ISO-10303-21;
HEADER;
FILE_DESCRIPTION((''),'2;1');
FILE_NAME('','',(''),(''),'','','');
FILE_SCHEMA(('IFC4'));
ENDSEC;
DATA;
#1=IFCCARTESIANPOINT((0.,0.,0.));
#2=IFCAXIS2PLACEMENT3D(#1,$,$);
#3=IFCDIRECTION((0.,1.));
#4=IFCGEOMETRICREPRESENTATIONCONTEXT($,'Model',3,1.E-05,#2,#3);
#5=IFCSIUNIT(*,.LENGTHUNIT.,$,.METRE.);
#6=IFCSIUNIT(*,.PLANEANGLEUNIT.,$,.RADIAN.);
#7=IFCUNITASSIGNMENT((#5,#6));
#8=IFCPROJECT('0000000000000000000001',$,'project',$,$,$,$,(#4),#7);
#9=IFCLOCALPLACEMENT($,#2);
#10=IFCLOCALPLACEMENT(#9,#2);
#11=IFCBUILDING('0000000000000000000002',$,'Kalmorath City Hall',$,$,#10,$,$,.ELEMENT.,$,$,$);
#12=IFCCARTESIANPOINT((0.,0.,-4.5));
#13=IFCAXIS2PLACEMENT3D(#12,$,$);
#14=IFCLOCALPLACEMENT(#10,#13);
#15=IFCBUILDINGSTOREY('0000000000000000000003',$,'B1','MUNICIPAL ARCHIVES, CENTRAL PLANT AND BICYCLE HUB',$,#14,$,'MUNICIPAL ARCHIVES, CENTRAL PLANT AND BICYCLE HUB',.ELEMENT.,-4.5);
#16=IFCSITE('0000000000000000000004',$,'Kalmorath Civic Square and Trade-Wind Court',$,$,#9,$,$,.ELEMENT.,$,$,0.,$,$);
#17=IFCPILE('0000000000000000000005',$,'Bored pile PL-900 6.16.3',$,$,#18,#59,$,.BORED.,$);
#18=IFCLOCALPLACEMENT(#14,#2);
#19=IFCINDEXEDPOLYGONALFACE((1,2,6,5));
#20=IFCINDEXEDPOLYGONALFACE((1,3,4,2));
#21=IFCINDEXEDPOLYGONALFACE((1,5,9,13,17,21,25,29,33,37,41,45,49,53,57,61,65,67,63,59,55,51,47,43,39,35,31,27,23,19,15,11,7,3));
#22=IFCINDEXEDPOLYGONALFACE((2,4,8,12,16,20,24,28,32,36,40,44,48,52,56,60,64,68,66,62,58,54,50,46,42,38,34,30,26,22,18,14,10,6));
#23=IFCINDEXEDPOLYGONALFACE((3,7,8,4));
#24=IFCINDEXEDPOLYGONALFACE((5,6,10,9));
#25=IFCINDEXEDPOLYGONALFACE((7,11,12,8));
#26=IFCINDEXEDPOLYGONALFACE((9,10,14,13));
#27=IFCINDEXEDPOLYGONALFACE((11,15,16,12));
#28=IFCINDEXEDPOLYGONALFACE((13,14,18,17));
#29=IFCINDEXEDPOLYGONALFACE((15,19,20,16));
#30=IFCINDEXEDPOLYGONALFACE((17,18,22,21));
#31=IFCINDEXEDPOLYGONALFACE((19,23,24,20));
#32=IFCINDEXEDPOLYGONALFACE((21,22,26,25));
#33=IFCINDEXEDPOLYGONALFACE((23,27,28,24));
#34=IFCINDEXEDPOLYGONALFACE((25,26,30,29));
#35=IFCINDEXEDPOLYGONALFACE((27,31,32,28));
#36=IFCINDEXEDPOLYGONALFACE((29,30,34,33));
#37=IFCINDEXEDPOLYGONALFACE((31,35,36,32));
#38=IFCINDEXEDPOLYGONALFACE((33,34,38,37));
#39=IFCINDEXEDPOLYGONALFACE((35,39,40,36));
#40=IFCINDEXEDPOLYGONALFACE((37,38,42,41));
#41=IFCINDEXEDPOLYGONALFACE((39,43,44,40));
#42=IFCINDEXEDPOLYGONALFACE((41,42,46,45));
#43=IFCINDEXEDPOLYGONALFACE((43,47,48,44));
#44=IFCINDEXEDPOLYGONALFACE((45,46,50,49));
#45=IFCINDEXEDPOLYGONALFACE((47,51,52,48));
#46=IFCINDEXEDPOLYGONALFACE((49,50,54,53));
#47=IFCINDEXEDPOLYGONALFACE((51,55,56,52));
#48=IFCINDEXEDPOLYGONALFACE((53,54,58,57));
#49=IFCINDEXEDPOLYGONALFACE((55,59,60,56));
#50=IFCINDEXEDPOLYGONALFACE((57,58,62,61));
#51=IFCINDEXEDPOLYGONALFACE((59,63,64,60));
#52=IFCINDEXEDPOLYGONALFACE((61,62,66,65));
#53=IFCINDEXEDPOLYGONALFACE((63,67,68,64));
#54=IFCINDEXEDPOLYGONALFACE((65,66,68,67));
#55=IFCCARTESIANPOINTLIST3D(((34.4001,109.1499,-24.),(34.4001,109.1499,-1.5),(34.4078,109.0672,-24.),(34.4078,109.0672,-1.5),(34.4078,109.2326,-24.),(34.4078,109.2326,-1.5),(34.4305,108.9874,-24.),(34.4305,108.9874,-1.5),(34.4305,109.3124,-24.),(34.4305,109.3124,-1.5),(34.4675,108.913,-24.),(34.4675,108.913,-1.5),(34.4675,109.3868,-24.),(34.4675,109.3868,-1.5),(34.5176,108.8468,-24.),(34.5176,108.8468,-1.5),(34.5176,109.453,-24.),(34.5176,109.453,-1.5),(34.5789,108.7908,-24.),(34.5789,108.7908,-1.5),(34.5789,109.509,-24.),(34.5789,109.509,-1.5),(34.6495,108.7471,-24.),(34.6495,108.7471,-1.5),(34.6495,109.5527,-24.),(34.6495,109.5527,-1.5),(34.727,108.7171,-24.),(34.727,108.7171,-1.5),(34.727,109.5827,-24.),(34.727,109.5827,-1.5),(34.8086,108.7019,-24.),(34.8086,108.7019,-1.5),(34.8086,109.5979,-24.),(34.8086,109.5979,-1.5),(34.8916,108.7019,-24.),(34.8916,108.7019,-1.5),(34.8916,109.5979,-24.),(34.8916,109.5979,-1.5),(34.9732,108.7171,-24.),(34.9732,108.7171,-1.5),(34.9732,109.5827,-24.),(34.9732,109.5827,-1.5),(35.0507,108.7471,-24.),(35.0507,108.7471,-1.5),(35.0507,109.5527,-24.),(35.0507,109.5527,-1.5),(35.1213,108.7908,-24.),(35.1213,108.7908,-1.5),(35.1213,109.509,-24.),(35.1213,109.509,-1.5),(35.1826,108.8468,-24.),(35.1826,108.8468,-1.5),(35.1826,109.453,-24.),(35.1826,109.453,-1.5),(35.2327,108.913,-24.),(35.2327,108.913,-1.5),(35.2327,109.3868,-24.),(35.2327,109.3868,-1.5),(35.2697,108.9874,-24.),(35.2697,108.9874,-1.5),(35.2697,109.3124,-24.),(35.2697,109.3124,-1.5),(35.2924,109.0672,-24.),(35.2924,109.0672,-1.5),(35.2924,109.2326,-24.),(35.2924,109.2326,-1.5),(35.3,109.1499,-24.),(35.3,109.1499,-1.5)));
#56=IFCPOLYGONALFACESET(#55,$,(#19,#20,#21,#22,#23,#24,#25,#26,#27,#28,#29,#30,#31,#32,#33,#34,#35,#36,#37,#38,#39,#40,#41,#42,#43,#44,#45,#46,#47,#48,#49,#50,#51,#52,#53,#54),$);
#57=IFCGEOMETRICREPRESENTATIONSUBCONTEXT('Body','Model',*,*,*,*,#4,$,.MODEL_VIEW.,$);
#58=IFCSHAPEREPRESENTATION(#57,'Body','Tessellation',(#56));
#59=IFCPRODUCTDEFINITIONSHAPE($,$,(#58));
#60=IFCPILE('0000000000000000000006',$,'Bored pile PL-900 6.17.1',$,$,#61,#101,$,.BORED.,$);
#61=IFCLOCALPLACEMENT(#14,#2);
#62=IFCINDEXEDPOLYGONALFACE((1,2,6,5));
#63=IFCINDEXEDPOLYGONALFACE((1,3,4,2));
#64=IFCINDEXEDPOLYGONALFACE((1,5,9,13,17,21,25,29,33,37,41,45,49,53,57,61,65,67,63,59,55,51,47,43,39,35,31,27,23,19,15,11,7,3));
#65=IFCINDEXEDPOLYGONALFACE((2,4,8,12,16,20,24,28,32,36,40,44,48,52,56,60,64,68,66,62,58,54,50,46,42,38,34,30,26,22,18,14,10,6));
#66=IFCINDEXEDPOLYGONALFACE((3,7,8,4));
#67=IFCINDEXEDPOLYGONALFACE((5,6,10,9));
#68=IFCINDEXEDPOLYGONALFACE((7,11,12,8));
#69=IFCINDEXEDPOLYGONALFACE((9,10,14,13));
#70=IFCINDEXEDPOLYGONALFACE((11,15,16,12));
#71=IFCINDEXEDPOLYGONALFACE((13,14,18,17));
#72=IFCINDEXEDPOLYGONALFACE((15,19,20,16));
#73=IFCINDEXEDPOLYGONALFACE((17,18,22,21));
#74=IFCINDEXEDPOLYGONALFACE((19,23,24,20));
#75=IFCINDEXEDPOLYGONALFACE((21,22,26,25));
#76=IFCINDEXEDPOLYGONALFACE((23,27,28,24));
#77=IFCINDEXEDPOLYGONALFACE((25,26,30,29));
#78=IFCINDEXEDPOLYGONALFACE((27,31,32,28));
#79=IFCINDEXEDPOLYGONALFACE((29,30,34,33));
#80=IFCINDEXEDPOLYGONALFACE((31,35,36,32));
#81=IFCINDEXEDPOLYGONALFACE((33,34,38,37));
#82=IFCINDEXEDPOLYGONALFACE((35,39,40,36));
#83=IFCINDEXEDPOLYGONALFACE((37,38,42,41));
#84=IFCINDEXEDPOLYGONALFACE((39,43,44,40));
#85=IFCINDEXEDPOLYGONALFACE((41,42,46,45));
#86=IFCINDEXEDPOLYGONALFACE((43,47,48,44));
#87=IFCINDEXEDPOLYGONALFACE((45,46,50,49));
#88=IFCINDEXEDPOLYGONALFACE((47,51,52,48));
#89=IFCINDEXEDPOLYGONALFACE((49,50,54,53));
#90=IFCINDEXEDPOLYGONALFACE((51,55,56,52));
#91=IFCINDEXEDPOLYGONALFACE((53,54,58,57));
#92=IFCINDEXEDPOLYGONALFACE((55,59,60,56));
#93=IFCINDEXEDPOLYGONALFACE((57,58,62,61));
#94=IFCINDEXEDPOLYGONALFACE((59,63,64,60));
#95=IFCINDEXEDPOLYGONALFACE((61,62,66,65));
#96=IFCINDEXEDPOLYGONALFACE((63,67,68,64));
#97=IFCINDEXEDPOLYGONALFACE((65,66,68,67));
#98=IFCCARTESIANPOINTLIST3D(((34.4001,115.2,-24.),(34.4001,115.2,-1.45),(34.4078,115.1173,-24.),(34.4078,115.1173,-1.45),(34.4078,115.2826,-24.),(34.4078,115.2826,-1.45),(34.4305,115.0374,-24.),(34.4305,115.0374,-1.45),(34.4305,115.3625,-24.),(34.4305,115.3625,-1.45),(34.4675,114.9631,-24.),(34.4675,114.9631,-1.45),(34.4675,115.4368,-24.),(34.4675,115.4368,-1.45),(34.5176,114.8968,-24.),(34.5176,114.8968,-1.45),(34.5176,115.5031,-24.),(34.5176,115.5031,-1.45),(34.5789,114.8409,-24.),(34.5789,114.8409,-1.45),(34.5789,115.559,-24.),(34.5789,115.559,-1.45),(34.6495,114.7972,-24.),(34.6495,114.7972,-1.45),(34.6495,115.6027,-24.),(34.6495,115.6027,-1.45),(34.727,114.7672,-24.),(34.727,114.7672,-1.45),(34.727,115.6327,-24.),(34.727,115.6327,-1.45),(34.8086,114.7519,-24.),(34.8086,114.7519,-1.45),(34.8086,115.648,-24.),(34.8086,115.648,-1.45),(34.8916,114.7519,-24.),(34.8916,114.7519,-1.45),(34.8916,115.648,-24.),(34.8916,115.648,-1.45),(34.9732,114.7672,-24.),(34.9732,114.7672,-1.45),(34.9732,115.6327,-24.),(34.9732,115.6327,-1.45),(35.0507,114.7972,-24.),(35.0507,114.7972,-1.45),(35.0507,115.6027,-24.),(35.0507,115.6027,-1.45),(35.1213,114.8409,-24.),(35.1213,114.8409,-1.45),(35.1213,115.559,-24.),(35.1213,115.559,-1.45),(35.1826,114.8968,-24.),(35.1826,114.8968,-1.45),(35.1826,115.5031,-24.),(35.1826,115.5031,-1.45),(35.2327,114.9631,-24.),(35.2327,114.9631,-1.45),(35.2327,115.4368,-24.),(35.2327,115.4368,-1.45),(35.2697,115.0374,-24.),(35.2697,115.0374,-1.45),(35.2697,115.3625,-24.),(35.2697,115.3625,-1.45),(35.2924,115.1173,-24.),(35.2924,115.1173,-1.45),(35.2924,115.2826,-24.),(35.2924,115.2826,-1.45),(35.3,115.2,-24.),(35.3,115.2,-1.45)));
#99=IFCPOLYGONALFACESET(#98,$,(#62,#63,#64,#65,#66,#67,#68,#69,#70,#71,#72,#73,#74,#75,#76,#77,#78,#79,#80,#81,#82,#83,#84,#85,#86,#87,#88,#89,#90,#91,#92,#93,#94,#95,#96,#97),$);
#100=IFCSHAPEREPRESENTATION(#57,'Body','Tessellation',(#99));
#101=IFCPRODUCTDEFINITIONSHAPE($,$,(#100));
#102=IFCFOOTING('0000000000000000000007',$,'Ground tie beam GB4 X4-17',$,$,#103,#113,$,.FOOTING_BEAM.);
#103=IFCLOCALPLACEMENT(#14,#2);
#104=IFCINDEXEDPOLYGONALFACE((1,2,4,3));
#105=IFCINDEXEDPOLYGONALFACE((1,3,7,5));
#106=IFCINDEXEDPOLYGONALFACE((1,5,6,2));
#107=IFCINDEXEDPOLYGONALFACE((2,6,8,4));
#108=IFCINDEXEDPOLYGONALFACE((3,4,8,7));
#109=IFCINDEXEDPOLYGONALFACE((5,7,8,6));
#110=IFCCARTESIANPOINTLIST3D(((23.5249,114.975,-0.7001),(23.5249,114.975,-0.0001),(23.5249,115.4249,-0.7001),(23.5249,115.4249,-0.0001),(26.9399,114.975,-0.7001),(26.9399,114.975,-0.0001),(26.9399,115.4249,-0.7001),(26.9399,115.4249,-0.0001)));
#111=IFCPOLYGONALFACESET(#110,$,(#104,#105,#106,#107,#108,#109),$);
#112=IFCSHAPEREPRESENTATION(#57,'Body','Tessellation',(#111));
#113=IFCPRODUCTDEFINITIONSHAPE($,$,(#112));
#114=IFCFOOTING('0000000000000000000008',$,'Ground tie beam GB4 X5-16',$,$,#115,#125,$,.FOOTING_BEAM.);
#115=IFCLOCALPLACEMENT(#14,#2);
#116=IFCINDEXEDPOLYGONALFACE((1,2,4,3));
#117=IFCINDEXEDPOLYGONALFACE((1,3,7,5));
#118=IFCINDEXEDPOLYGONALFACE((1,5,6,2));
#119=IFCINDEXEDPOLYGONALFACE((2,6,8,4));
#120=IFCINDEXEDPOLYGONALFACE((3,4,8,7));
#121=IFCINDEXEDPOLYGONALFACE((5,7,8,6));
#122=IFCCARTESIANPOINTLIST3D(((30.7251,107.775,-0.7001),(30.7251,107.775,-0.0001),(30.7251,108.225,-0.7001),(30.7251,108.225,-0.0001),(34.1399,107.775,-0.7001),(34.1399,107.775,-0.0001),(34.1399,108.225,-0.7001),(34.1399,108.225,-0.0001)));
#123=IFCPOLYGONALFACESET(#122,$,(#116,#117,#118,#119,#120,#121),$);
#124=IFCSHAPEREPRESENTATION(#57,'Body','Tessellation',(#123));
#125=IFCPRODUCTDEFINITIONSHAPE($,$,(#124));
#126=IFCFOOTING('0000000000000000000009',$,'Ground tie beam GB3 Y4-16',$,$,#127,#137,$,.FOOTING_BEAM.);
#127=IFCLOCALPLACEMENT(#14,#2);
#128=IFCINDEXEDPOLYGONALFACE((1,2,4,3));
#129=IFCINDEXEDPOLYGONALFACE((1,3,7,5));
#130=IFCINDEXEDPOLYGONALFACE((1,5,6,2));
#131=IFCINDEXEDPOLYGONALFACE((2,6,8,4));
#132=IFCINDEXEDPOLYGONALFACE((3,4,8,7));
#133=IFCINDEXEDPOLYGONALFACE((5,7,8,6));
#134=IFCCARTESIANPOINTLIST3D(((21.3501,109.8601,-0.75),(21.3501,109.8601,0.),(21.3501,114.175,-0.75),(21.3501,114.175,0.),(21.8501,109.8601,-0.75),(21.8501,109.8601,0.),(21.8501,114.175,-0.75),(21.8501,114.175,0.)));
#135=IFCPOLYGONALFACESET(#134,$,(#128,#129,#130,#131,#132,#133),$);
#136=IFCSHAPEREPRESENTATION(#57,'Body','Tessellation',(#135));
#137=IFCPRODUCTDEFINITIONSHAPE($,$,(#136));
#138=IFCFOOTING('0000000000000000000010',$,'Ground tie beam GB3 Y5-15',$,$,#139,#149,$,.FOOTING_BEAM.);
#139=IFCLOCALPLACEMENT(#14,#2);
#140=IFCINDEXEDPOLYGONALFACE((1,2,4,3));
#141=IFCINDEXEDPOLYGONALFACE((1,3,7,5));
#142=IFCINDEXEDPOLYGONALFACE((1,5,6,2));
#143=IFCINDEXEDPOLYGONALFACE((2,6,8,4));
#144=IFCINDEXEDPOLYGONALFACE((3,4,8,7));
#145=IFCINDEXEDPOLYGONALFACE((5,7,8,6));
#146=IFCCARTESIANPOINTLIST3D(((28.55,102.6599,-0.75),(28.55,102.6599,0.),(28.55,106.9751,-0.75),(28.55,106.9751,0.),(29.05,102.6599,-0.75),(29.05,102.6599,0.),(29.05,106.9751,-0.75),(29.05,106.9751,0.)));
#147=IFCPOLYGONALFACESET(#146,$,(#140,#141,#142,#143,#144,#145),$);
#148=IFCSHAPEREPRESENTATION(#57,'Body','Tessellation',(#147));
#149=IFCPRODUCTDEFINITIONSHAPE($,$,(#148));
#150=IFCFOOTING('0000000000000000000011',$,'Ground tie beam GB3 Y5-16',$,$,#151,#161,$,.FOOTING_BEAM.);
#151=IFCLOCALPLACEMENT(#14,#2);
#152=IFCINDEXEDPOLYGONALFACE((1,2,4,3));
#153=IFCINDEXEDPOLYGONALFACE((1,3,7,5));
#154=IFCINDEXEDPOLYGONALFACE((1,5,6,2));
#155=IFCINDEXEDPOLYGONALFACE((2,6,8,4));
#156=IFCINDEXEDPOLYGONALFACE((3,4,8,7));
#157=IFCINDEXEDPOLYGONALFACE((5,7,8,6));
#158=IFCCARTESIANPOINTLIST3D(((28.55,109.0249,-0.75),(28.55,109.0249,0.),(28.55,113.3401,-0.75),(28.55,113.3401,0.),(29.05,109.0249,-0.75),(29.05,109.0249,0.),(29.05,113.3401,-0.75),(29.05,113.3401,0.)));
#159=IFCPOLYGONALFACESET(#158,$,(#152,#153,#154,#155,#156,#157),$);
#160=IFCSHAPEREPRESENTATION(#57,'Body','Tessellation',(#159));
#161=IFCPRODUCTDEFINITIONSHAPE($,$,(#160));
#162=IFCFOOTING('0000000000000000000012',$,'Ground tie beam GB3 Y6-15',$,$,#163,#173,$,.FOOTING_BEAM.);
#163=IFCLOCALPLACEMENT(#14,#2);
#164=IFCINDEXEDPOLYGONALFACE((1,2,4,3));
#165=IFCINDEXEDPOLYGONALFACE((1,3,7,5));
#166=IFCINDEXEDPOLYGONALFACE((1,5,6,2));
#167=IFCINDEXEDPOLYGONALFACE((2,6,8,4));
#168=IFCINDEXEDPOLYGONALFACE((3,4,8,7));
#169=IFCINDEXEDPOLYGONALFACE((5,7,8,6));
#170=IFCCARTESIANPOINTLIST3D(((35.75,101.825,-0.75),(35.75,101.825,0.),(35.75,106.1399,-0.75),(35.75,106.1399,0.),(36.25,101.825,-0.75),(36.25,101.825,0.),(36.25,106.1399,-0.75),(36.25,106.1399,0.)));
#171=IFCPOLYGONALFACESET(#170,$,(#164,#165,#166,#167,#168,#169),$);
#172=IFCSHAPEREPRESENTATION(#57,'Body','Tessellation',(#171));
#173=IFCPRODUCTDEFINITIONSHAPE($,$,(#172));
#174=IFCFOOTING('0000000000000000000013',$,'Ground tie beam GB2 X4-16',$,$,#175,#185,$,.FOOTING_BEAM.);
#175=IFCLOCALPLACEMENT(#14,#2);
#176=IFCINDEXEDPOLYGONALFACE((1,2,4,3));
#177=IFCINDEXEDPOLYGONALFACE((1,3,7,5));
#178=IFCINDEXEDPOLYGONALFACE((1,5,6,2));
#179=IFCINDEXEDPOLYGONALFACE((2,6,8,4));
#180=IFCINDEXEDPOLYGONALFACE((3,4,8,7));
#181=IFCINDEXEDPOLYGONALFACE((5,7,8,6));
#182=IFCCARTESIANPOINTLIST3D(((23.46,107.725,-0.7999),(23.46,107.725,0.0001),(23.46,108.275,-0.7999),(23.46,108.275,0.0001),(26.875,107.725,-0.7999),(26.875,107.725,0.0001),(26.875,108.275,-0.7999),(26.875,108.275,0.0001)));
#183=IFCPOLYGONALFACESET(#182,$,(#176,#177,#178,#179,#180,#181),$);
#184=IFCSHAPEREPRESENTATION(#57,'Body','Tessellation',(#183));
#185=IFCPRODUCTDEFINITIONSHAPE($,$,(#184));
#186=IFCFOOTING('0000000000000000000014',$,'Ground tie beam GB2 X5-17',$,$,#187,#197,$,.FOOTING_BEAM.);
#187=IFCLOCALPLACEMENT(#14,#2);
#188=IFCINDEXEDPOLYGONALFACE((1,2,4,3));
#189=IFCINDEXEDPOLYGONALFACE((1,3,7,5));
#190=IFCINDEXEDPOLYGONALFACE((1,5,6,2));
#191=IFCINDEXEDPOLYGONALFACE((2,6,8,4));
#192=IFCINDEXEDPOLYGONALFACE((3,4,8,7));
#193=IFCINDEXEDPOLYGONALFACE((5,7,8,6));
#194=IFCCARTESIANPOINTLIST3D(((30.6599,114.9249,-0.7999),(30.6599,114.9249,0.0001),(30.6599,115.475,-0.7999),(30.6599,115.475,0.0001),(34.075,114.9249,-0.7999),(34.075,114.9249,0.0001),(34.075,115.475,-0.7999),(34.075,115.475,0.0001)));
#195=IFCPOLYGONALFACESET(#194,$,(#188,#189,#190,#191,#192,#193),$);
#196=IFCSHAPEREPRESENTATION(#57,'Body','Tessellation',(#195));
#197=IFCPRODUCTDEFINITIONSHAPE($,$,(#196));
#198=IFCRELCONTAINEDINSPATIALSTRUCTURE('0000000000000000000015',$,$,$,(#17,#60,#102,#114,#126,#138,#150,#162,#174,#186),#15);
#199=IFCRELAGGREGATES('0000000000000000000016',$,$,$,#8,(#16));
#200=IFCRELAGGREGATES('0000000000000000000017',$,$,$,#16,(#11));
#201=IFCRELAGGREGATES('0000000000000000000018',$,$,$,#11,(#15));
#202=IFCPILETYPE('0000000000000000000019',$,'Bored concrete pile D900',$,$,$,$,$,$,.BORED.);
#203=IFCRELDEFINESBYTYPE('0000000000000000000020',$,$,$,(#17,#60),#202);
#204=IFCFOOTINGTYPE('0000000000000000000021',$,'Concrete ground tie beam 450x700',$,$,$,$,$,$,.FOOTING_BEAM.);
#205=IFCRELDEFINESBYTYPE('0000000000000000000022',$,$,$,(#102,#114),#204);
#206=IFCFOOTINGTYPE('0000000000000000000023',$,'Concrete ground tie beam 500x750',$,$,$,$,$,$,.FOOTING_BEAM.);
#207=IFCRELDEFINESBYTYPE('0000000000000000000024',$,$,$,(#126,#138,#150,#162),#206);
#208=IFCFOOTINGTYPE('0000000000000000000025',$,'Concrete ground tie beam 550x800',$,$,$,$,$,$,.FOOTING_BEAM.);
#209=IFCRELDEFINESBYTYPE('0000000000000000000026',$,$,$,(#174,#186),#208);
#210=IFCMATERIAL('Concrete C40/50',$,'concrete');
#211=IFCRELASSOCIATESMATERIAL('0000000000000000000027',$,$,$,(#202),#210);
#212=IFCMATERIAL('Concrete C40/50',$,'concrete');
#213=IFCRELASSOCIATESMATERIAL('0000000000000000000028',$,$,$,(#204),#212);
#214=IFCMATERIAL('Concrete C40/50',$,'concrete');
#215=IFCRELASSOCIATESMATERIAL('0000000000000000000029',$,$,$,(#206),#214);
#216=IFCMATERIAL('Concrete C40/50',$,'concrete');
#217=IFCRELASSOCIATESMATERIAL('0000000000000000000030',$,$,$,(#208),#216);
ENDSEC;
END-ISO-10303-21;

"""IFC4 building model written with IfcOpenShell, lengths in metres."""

from ifc_helpers import new_model, si_unit, direction, frame, origin, origin_2d, place, context, subcontext, project, spatial, rectangle, circle, extrude, material, material_profile, profile_set, type_object, element, save


model = new_model("IFC4")

# Units and contexts
model_context = context("Model", 3, precision=1e-05, world=origin(), true_north=direction((0.0, 1.0)))
body_context = subcontext(model_context, "Body", "Model", "MODEL_VIEW")
ifc_project = project(units=[si_unit("LENGTHUNIT", "METRE"), si_unit("PLANEANGLEUNIT", "RADIAN")], contexts=[model_context])

# Site, building, storey
site_placement = place(None, origin())
site = spatial("IfcSite", under=ifc_project, at=site_placement, Name="Kalmorath Civic Square and Trade-Wind Court", CompositionType="ELEMENT", RefElevation=0.0)
building_placement = place(site_placement, origin())
building = spatial("IfcBuilding", under=site, at=building_placement, Name="Kalmorath City Hall", CompositionType="ELEMENT")
storey_placement = place(building_placement, frame((0.0, 0.0, -4.5)))
storey = spatial("IfcBuildingStorey", under=building, at=storey_placement, Name="B1", Description="MUNICIPAL ARCHIVES, CENTRAL PLANT AND BICYCLE HUB", LongName="MUNICIPAL ARCHIVES, CENTRAL PLANT AND BICYCLE HUB", CompositionType="ELEMENT", Elevation=-4.5)

# Piles
ifc_material_1 = material(Name="Concrete C40/50", Category="concrete")
ifc_material_profile_1 = material_profile(ifc_material_1, circle(Radius=0.45, at=origin_2d()), Name="PILE-D900")
ifc_profile_set_1 = profile_set([ifc_material_profile_1], Name="Concrete C40/50")
pile_type = type_object("IfcPileType", Name="Bored concrete pile D900", PredefinedType="BORED", material=ifc_profile_set_1)
for number, where, z_axis, x_axis, name in (
    (1, (34.8501, 109.1499, -1.5), (0.0, 0.0, -1.0), (1.0, 0.0, 0.0), "Bored pile PL-900 6.16.3"),
):
    element("IfcPile", number, at=place(storey_placement, frame(where, z_axis=z_axis, x_axis=x_axis)), inside=storey, type_object=pile_type, Name=name, PredefinedType="BORED", context=body_context, shape_type="SweptSolid", body=[
        extrude(circle(Radius=0.45, at=origin_2d()), origin(), (0.0, 0.0, 1.0), 22.5),
    ])
pile_1_placement = place(storey_placement, frame((34.8501, 115.2, -1.45), z_axis=(0.0, 0.0, -1.0), x_axis=(1.0, 0.0, 0.0)))
element("IfcPile", 2, at=pile_1_placement, inside=storey, type_object=pile_type, Name="Bored pile PL-900 6.17.1", PredefinedType="BORED", context=body_context, shape_type="SweptSolid", body=[
    extrude(circle(Radius=0.45, at=origin_2d()), origin(), (0.0, 0.0, 1.0), 22.55),
])

# Footings
ifc_material_2 = material(Name="Concrete C40/50", Category="concrete")
ifc_material_profile_2 = material_profile(ifc_material_2, rectangle(XDim=0.45, YDim=0.7, at=origin_2d()), Name="RC-BM-450X700")
ifc_profile_set_2 = profile_set([ifc_material_profile_2], Name="Concrete C40/50")
footing_type_1 = type_object("IfcFootingType", Name="Concrete ground tie beam 450x700", PredefinedType="FOOTING_BEAM", material=ifc_profile_set_2)
footing_1_placement = place(storey_placement, frame((23.5249, 115.2, -0.3501), z_axis=(1.0, 0.0, 0.0), x_axis=(0.0, 1.0, 0.0)))
element("IfcFooting", 3, at=footing_1_placement, inside=storey, type_object=footing_type_1, Name="Ground tie beam GB4 X4-17", PredefinedType="FOOTING_BEAM", context=body_context, shape_type="SweptSolid", body=[
    extrude(rectangle(XDim=0.45, YDim=0.7, at=origin_2d()), origin(), (0.0, 0.0, 1.0), 3.415),
])
footing_2_placement = place(storey_placement, frame((30.7251, 108.0, -0.3501), z_axis=(1.0, 0.0, 0.0), x_axis=(0.0, 1.0, 0.0)))
element("IfcFooting", 4, at=footing_2_placement, inside=storey, type_object=footing_type_1, Name="Ground tie beam GB4 X5-16", PredefinedType="FOOTING_BEAM", context=body_context, shape_type="SweptSolid", body=[
    extrude(rectangle(XDim=0.45, YDim=0.7, at=origin_2d()), origin(), (0.0, 0.0, 1.0), 3.4148),
])
ifc_material_3 = material(Name="Concrete C40/50", Category="concrete")
ifc_material_profile_3 = material_profile(ifc_material_3, rectangle(XDim=0.5, YDim=0.75, at=origin_2d()), Name="RC-BM-500X750")
ifc_profile_set_3 = profile_set([ifc_material_profile_3], Name="Concrete C40/50")
footing_type_2 = type_object("IfcFootingType", Name="Concrete ground tie beam 500x750", PredefinedType="FOOTING_BEAM", material=ifc_profile_set_3)
footing_3_placement = place(storey_placement, frame((21.6001, 109.8601, -0.375), z_axis=(0.0, 1.0, 0.0), x_axis=(-1.0, 0.0, 0.0)))
element("IfcFooting", 5, at=footing_3_placement, inside=storey, type_object=footing_type_2, Name="Ground tie beam GB3 Y4-16", PredefinedType="FOOTING_BEAM", context=body_context, shape_type="SweptSolid", body=[
    extrude(rectangle(XDim=0.5, YDim=0.75, at=origin_2d()), origin(), (0.0, 0.0, 1.0), 4.3149),
])
for number, where, z_axis, x_axis, name in (
    (6, (28.8, 102.6599, -0.375), (0.0, 1.0, 0.0), (-1.0, 0.0, 0.0), "Ground tie beam GB3 Y5-15"),
    (7, (28.8, 109.0249, -0.375), (0.0, 1.0, 0.0), (-1.0, 0.0, 0.0), "Ground tie beam GB3 Y5-16"),
):
    element("IfcFooting", number, at=place(storey_placement, frame(where, z_axis=z_axis, x_axis=x_axis)), inside=storey, type_object=footing_type_2, Name=name, PredefinedType="FOOTING_BEAM", context=body_context, shape_type="SweptSolid", body=[
        extrude(rectangle(XDim=0.5, YDim=0.75, at=origin_2d()), origin(), (0.0, 0.0, 1.0), 4.3152),
    ])
footing_4_placement = place(storey_placement, frame((36.0, 101.825, -0.375), z_axis=(0.0, 1.0, 0.0), x_axis=(-1.0, 0.0, 0.0)))
element("IfcFooting", 8, at=footing_4_placement, inside=storey, type_object=footing_type_2, Name="Ground tie beam GB3 Y6-15", PredefinedType="FOOTING_BEAM", context=body_context, shape_type="SweptSolid", body=[
    extrude(rectangle(XDim=0.5, YDim=0.75, at=origin_2d()), origin(), (0.0, 0.0, 1.0), 4.3149),
])
ifc_material_4 = material(Name="Concrete C40/50", Category="concrete")
ifc_material_profile_4 = material_profile(ifc_material_4, rectangle(XDim=0.55, YDim=0.8, at=origin_2d()), Name="RC-BM-550X800")
ifc_profile_set_4 = profile_set([ifc_material_profile_4], Name="Concrete C40/50")
footing_type_3 = type_object("IfcFootingType", Name="Concrete ground tie beam 550x800", PredefinedType="FOOTING_BEAM", material=ifc_profile_set_4)
for number, where, z_axis, x_axis, name in (
    (9, (23.46, 108.0, -0.3999), (1.0, 0.0, 0.0), (0.0, 1.0, 0.0), "Ground tie beam GB2 X4-16"),
    (10, (30.6599, 115.2, -0.3999), (1.0, 0.0, 0.0), (0.0, 1.0, 0.0), "Ground tie beam GB2 X5-17"),
):
    element("IfcFooting", number, at=place(storey_placement, frame(where, z_axis=z_axis, x_axis=x_axis)), inside=storey, type_object=footing_type_3, Name=name, PredefinedType="FOOTING_BEAM", context=body_context, shape_type="SweptSolid", body=[
        extrude(rectangle(XDim=0.55, YDim=0.8, at=origin_2d()), origin(), (0.0, 0.0, 1.0), 3.415),
    ])

save(model, "model.ifc")
